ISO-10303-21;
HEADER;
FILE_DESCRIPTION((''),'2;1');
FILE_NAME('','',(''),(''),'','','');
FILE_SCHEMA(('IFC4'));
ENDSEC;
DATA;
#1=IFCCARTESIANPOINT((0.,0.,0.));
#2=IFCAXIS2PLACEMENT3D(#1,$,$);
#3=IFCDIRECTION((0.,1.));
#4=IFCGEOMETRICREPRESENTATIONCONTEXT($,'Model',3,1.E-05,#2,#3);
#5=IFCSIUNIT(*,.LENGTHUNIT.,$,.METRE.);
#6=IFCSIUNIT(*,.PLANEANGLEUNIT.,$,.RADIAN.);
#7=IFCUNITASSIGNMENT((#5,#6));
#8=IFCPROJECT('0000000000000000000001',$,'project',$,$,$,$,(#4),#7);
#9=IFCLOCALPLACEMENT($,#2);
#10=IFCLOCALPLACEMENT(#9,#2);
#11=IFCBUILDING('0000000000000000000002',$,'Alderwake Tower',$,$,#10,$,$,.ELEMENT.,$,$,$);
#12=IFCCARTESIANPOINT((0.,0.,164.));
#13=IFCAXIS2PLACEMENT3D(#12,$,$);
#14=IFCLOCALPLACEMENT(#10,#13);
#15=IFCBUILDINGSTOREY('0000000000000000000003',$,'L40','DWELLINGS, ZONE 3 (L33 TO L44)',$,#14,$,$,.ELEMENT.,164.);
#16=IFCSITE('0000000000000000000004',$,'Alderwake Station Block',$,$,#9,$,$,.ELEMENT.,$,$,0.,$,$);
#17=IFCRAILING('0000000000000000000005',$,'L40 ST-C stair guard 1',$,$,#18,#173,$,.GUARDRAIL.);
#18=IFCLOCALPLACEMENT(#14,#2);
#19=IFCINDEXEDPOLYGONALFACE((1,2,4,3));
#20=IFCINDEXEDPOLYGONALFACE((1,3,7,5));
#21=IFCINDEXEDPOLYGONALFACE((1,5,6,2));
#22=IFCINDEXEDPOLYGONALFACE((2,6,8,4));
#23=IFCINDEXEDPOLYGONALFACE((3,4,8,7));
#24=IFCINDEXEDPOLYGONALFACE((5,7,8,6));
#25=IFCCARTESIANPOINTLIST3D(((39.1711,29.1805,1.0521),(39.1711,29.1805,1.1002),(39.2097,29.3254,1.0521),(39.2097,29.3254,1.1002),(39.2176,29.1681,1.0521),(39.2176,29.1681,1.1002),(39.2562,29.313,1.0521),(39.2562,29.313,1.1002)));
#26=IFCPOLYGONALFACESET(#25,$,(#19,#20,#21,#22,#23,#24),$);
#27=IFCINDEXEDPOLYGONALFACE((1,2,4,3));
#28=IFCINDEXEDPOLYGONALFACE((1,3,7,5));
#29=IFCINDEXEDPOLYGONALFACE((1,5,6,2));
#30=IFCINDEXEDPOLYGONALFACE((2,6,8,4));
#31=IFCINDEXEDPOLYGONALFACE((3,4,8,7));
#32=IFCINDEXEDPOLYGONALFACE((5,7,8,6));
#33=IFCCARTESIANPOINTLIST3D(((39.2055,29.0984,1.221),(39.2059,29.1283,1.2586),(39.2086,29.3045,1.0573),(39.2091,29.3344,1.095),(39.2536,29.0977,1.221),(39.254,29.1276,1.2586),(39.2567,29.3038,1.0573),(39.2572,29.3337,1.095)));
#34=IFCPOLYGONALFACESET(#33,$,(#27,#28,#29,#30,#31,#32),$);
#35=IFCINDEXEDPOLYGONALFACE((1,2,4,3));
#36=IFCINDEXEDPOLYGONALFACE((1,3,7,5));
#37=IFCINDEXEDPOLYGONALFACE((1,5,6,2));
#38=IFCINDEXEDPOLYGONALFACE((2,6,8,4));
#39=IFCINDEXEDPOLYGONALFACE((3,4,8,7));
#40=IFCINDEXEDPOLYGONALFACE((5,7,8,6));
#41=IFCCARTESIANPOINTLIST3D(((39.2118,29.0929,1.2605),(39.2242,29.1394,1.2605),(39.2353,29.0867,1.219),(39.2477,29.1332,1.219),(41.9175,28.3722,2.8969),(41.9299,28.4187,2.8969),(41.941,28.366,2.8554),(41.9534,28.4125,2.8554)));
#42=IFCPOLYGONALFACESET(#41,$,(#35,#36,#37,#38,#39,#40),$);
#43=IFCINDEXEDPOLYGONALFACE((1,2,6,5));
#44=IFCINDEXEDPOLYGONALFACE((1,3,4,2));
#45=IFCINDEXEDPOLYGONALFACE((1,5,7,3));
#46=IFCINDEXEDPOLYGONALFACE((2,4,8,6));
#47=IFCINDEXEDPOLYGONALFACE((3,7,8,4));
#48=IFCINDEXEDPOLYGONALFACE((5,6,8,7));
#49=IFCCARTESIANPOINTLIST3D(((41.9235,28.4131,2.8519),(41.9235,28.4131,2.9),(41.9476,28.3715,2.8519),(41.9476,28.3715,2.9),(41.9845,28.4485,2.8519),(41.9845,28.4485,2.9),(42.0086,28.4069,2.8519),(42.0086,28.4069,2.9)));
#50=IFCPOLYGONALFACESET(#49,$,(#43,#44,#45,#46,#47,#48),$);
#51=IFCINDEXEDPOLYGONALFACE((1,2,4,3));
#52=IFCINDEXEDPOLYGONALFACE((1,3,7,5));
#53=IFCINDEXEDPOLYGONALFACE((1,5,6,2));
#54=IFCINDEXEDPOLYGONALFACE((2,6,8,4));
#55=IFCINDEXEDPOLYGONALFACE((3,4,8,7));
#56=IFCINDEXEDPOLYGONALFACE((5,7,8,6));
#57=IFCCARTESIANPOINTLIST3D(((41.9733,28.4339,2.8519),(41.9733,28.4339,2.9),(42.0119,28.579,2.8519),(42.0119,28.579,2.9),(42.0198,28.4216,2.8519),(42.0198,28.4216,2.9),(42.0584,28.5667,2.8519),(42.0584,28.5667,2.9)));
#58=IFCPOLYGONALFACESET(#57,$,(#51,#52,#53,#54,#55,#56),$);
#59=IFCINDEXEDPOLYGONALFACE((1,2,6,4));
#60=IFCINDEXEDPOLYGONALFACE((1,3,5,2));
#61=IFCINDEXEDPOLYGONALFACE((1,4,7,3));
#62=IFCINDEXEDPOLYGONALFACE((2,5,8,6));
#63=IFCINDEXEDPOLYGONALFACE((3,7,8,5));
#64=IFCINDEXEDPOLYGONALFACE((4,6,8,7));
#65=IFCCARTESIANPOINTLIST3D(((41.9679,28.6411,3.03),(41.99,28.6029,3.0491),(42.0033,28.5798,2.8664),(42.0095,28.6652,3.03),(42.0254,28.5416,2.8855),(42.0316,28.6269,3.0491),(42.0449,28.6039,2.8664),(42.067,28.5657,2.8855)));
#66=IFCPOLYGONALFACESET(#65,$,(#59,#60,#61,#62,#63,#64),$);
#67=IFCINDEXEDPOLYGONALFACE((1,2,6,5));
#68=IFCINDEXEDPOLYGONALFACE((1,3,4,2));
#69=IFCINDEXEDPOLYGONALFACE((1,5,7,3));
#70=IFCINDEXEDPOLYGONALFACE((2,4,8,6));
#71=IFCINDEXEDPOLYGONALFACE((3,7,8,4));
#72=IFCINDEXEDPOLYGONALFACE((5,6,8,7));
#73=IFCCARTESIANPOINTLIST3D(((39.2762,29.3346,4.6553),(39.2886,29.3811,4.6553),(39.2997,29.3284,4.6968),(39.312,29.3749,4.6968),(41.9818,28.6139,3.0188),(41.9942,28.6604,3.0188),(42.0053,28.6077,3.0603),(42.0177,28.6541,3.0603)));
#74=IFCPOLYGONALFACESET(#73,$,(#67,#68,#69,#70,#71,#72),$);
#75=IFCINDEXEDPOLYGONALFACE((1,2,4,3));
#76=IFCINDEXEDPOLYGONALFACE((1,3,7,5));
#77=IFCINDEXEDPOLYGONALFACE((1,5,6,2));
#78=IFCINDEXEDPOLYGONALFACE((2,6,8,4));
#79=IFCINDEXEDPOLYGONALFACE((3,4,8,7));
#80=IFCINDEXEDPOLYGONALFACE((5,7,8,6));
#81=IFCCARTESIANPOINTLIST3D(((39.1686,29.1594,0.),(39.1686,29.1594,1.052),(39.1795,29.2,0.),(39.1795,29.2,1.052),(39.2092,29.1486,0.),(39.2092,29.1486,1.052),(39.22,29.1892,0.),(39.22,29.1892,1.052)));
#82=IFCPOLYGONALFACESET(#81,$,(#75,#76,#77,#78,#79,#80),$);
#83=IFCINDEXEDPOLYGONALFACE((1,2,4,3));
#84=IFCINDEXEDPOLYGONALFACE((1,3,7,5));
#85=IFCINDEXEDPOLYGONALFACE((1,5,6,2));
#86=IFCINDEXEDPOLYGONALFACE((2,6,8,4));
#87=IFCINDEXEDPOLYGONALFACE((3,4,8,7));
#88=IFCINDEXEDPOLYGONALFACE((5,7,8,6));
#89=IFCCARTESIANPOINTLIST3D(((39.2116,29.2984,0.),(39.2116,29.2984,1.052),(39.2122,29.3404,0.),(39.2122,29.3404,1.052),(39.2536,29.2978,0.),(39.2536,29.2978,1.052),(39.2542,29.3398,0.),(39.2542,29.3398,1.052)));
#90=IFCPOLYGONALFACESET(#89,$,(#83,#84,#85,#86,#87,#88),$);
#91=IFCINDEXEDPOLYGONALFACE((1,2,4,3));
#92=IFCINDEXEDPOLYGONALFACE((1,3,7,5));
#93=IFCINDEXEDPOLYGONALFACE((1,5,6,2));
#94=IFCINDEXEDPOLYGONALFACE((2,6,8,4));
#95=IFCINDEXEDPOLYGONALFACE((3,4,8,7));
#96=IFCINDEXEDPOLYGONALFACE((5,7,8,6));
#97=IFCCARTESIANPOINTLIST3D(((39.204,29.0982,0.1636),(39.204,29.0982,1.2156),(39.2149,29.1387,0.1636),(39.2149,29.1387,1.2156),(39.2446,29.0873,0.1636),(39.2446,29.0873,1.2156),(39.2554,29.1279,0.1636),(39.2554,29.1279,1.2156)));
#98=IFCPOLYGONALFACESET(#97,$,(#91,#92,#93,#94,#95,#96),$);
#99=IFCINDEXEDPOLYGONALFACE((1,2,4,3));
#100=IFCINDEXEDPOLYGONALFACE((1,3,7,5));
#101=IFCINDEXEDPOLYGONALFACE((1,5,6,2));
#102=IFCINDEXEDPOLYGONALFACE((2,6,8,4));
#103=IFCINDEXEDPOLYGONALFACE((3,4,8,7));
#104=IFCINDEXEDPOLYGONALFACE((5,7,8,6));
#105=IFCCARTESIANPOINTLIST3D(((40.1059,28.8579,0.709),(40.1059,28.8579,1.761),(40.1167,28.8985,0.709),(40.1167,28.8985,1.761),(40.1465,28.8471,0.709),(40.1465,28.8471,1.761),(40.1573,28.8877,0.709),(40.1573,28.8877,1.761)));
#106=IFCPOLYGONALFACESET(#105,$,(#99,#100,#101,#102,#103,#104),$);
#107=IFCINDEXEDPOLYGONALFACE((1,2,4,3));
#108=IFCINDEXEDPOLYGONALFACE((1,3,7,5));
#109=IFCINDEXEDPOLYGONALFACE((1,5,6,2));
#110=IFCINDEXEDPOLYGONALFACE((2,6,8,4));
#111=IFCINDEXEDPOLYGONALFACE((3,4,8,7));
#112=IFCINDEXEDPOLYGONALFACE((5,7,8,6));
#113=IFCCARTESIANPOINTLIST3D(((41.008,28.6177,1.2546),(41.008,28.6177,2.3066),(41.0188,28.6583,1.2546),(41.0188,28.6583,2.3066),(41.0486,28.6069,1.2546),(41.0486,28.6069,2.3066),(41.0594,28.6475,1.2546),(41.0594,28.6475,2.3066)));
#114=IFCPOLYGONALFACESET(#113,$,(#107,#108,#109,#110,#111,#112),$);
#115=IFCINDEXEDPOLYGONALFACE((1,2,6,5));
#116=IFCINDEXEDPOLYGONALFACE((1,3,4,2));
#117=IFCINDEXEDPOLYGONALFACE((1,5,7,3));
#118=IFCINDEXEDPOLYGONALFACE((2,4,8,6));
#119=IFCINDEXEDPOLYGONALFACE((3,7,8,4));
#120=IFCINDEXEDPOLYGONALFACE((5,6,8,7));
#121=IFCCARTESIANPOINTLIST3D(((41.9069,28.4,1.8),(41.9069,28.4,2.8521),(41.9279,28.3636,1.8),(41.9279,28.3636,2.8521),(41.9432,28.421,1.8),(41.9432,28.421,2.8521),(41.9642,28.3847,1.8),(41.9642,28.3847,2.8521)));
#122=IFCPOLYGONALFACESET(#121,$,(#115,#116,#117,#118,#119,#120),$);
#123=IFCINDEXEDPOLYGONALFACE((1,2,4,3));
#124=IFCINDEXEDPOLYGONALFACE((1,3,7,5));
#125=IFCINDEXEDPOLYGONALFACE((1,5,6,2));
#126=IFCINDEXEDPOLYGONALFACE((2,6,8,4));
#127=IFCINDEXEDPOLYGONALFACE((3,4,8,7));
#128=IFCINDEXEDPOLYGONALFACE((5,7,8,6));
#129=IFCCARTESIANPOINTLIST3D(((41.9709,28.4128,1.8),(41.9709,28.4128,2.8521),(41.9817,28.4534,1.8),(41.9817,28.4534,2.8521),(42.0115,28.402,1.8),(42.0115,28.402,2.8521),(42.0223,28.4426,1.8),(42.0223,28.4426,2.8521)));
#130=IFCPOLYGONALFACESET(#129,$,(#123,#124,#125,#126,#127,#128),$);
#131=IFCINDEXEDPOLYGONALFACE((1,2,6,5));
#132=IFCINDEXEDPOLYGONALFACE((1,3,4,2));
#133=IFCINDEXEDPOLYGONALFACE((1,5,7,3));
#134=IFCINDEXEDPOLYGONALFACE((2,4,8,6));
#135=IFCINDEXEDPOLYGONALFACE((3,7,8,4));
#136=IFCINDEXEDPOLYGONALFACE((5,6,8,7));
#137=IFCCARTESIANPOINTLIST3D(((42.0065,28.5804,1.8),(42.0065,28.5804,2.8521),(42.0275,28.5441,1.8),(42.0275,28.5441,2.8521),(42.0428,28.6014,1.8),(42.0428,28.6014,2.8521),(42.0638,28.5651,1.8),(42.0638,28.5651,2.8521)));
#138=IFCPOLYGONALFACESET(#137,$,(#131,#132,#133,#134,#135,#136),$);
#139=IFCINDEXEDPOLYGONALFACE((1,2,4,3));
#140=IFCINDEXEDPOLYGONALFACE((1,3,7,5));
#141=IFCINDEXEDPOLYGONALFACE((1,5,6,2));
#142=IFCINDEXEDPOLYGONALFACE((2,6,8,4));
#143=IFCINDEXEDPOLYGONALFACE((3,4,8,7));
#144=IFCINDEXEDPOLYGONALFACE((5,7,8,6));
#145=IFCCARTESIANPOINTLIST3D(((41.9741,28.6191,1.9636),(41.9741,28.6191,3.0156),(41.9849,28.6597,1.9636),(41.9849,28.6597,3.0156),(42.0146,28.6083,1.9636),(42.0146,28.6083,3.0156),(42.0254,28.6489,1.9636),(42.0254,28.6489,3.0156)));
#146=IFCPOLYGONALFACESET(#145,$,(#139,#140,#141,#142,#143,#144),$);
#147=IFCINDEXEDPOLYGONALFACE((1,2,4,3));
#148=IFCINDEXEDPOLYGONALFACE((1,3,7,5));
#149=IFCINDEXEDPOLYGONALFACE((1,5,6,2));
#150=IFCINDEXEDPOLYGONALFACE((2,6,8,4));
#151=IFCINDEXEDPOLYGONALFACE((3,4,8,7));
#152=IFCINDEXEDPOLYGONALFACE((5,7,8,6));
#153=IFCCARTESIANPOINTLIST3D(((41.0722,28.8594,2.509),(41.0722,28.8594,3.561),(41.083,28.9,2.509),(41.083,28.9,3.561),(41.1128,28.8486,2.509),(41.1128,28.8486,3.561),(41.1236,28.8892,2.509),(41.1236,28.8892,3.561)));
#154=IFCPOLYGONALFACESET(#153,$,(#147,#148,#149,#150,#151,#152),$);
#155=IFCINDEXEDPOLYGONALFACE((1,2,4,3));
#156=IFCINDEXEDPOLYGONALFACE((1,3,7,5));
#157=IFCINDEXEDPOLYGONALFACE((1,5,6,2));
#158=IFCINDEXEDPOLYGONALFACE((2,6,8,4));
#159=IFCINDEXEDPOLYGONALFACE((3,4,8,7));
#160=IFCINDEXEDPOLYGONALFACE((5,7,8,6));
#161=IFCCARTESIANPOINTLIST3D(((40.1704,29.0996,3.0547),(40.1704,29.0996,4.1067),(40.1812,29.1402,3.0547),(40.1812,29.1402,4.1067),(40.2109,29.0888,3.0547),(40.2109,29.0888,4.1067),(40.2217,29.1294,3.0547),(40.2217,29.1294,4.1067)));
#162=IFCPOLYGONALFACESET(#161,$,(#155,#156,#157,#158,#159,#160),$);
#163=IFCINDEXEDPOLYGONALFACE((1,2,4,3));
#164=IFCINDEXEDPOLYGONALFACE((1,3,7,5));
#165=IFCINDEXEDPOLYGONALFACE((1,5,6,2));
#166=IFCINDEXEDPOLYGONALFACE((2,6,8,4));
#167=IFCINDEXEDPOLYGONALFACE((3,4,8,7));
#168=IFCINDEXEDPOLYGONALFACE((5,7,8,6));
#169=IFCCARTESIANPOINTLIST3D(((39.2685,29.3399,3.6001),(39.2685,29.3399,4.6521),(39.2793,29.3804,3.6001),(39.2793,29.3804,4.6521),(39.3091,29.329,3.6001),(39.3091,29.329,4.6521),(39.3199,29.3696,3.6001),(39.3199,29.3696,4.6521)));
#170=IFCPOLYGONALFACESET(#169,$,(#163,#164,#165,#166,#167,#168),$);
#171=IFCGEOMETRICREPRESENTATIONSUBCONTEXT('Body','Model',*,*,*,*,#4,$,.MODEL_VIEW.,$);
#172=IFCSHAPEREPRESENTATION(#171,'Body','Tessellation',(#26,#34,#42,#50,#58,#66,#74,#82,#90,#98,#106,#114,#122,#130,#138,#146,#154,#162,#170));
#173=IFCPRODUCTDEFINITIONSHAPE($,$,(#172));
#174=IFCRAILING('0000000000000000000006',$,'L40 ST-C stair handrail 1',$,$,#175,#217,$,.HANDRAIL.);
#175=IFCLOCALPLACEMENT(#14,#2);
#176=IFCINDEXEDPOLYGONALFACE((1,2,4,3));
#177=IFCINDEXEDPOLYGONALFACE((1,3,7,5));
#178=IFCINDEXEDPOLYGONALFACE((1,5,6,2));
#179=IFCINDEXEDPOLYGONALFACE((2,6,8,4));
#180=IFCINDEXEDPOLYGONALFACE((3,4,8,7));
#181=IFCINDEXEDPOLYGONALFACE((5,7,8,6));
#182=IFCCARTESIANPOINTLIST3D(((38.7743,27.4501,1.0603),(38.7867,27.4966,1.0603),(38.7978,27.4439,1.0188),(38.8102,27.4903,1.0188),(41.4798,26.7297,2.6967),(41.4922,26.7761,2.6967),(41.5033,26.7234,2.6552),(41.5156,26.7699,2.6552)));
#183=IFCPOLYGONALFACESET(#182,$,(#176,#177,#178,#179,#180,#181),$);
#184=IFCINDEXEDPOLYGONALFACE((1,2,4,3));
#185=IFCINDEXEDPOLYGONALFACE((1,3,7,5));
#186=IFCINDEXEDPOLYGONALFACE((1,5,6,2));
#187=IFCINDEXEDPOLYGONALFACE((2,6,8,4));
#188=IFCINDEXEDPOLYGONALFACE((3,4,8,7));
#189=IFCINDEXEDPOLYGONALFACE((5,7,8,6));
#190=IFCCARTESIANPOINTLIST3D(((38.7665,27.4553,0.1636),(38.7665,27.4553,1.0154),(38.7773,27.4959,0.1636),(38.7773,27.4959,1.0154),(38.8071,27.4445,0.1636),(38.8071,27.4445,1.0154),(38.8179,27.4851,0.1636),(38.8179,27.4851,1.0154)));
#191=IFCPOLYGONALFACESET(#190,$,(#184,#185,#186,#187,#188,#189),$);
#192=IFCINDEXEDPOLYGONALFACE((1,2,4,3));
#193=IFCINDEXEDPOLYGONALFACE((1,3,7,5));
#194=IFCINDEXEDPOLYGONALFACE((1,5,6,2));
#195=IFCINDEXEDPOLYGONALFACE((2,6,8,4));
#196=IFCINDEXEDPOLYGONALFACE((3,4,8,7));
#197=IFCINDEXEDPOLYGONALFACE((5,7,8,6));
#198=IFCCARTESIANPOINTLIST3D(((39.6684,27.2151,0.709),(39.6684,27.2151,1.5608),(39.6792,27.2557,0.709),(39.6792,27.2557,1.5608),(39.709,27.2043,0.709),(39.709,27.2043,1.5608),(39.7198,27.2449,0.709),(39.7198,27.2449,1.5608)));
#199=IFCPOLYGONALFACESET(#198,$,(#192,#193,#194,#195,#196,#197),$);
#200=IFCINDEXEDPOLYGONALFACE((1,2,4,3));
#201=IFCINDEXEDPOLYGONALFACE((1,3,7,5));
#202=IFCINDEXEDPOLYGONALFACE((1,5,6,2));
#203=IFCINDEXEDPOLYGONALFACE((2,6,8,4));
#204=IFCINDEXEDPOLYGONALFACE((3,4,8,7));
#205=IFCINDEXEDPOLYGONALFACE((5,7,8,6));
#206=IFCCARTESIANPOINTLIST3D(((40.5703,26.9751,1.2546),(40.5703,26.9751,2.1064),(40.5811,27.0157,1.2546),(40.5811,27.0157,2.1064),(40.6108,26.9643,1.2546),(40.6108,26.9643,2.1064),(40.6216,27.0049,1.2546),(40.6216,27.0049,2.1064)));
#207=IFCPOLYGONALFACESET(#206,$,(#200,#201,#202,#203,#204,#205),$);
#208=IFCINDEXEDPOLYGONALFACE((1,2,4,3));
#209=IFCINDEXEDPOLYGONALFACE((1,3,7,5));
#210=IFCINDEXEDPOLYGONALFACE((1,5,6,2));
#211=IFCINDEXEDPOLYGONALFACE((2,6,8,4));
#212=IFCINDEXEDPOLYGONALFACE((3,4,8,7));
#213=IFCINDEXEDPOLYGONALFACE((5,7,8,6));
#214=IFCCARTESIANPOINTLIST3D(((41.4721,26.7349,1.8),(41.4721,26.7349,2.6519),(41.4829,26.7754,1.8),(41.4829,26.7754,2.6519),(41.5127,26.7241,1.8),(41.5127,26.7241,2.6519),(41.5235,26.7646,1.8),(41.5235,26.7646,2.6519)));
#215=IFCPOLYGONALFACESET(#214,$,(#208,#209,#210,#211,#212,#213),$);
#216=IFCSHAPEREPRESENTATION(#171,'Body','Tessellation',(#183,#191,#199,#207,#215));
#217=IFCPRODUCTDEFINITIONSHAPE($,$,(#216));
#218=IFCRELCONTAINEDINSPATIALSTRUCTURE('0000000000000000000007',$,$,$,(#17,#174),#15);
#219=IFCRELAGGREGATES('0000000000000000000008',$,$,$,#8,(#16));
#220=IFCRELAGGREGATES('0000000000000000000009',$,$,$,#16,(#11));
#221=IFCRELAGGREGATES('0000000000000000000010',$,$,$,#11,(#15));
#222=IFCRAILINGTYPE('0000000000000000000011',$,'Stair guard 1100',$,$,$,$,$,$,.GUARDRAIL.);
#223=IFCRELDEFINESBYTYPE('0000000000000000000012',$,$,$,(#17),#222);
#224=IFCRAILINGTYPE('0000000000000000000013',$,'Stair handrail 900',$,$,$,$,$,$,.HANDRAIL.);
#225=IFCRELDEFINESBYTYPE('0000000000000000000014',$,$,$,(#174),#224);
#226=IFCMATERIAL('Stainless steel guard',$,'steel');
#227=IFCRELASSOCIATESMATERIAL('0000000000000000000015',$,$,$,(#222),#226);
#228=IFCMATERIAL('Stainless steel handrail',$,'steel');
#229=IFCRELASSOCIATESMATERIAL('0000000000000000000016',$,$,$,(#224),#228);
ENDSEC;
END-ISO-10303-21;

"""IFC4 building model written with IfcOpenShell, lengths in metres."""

from ifc_helpers import new_model, si_unit, direction, frame, origin, origin_2d, place, context, subcontext, project, spatial, rectangle, extrude, material, type_object, element, save


model = new_model("IFC4")

# Units and contexts
model_context = context("Model", 3, precision=1e-05, world=origin(), true_north=direction((0.0, 1.0)))
body_context = subcontext(model_context, "Body", "Model", "MODEL_VIEW")
ifc_project = project(units=[si_unit("LENGTHUNIT", "METRE"), si_unit("PLANEANGLEUNIT", "RADIAN")], contexts=[model_context])

# Site, building, storey
site_placement = place(None, origin())
site = spatial("IfcSite", under=ifc_project, at=site_placement, Name="Alderwake Station Block", CompositionType="ELEMENT", RefElevation=0.0)
building_placement = place(site_placement, origin())
building = spatial("IfcBuilding", under=site, at=building_placement, Name="Alderwake Tower", CompositionType="ELEMENT")
storey_placement = place(building_placement, frame((0.0, 0.0, 164.0)))
storey = spatial("IfcBuildingStorey", under=building, at=storey_placement, Name="L40", Description="DWELLINGS, ZONE 3 (L33 TO L44)", CompositionType="ELEMENT", Elevation=164.0)

# Railings
ifc_material_1 = material(Name="Stainless steel guard", Category="steel")
railing_type_1 = type_object("IfcRailingType", Name="Stair guard 1100", PredefinedType="GUARDRAIL", material=ifc_material_1)
railing_1_placement = place(storey_placement, frame((39.1943, 29.1743, 0.0)))
element("IfcRailing", 1, at=railing_1_placement, inside=storey, type_object=railing_type_1, Name="L40 ST-C stair guard 1", PredefinedType="GUARDRAIL", context=body_context, shape_type="SweptSolid", body=[
    extrude(rectangle(XDim=0.0481, YDim=0.0481, at=origin_2d()), frame((0.0, 0.0, 1.0762), z_axis=(0.25746, 0.966289, 0.0), x_axis=(-0.966289, 0.25746, 0.0)), (0.0, 0.0, 1.0), 0.1499),
    extrude(rectangle(XDim=0.0481, YDim=0.0481, at=origin_2d()), frame((0.0386, 0.1448, 1.0762), z_axis=(-0.012063, -0.78316, 0.621703), x_axis=(0.999881, -0.015401, 0.0)), (0.0, 0.0, 1.0), 0.2632),
    extrude(rectangle(XDim=0.0481, YDim=0.0481, at=origin_2d()), frame((0.0354, -0.0613, 1.2397), z_axis=(0.834282, -0.222214, 0.504574), x_axis=(0.25738, 0.96631, 0.0)), (0.0, 0.0, 1.0), 3.2432),
    extrude(rectangle(XDim=0.0481, YDim=0.0481, at=origin_2d()), frame((2.7412, -0.782, 2.876), z_axis=(0.865031, 0.501718, 0.0), x_axis=(-0.501718, 0.865031, 0.0)), (0.0, 0.0, 1.0), 0.0706),
    extrude(rectangle(XDim=0.0481, YDim=0.0481, at=origin_2d()), frame((2.8022, -0.7466, 2.876), z_axis=(0.257055, 0.966397, 0.0), x_axis=(-0.966397, 0.257055, 0.0)), (0.0, 0.0, 1.0), 0.1501),
    extrude(rectangle(XDim=0.0481, YDim=0.0481, at=origin_2d()), frame((2.8408, -0.6016, 2.876), z_axis=(-0.198625, 0.343827, 0.917786), x_axis=(-0.865898, -0.50022, 0.0)), (0.0, 0.0, 1.0), 0.1782),
    extrude(rectangle(XDim=0.0481, YDim=0.0481, at=origin_2d()), frame((2.8054, -0.5403, 3.0396), z_axis=(-0.834259, 0.222228, 0.504605), x_axis=(-0.257402, -0.966304, 0.0)), (0.0, 0.0, 1.0), 3.2432),
    extrude(rectangle(XDim=0.042, YDim=0.042, at=origin_2d()), frame((0.0, 0.0, 0.0), z_axis=(0.0, 0.0, 1.0), x_axis=(0.25746, 0.966289, 0.0)), (0.0, 0.0, 1.0), 1.052),
    extrude(rectangle(XDim=0.042, YDim=0.042, at=origin_2d()), frame((0.0386, 0.1448, 0.0), z_axis=(0.0, 0.0, 1.0), x_axis=(-0.015401, -0.999881, 0.0)), (0.0, 0.0, 1.0), 1.052),
    extrude(rectangle(XDim=0.042, YDim=0.042, at=origin_2d()), frame((0.0354, -0.0613, 0.1636), z_axis=(0.0, 0.0, 1.0), x_axis=(0.96631, -0.25738, 0.0)), (0.0, 0.0, 1.0), 1.052),
    extrude(rectangle(XDim=0.042, YDim=0.042, at=origin_2d()), frame((0.9373, -0.3015, 0.709), z_axis=(0.0, 0.0, 1.0), x_axis=(0.96631, -0.25738, 0.0)), (0.0, 0.0, 1.0), 1.052),
    extrude(rectangle(XDim=0.042, YDim=0.042, at=origin_2d()), frame((1.8394, -0.5417, 1.2546), z_axis=(0.0, 0.0, 1.0), x_axis=(0.96631, -0.25738, 0.0)), (0.0, 0.0, 1.0), 1.052),
    extrude(rectangle(XDim=0.042, YDim=0.042, at=origin_2d()), frame((2.7412, -0.782, 1.8), z_axis=(0.0, 0.0, 1.0), x_axis=(0.865031, 0.501718, 0.0)), (0.0, 0.0, 1.0), 1.052),
    extrude(rectangle(XDim=0.042, YDim=0.042, at=origin_2d()), frame((2.8022, -0.7466, 1.8), z_axis=(0.0, 0.0, 1.0), x_axis=(0.257055, 0.966397, 0.0)), (0.0, 0.0, 1.0), 1.052),
    extrude(rectangle(XDim=0.042, YDim=0.042, at=origin_2d()), frame((2.8408, -0.6016, 1.8), z_axis=(0.0, 0.0, 1.0), x_axis=(-0.50022, 0.865898, 0.0)), (0.0, 0.0, 1.0), 1.052),
    extrude(rectangle(XDim=0.042, YDim=0.042, at=origin_2d()), frame((2.8054, -0.5403, 1.9636), z_axis=(0.0, 0.0, 1.0), x_axis=(-0.966304, 0.257402, 0.0)), (0.0, 0.0, 1.0), 1.052),
    extrude(rectangle(XDim=0.042, YDim=0.042, at=origin_2d()), frame((1.9036, -0.3, 2.509), z_axis=(0.0, 0.0, 1.0), x_axis=(-0.966304, 0.257402, 0.0)), (0.0, 0.0, 1.0), 1.052),
    extrude(rectangle(XDim=0.042, YDim=0.042, at=origin_2d()), frame((1.0017, -0.0598, 3.0547), z_axis=(0.0, 0.0, 1.0), x_axis=(-0.966304, 0.257402, 0.0)), (0.0, 0.0, 1.0), 1.052),
    extrude(rectangle(XDim=0.042, YDim=0.042, at=origin_2d()), frame((0.0999, 0.1804, 3.6001), z_axis=(0.0, 0.0, 1.0), x_axis=(-0.966304, 0.257402, 0.0)), (0.0, 0.0, 1.0), 1.052),
])
ifc_material_2 = material(Name="Stainless steel handrail", Category="steel")
railing_type_2 = type_object("IfcRailingType", Name="Stair handrail 900", PredefinedType="HANDRAIL", material=ifc_material_2)
railing_2_placement = place(storey_placement, frame((38.7922, 27.4702, 0.1636)))
element("IfcRailing", 2, at=railing_2_placement, inside=storey, type_object=railing_type_2, Name="L40 ST-C stair handrail 1", PredefinedType="HANDRAIL", context=body_context, shape_type="SweptSolid", body=[
    extrude(rectangle(XDim=0.0481, YDim=0.0481, at=origin_2d()), frame((0.0, 0.0, 0.876), z_axis=(0.834273, -0.222157, 0.504614), x_axis=(0.257321, 0.966326, 0.0)), (0.0, 0.0, 1.0), 3.2429),
    extrude(rectangle(XDim=0.042, YDim=0.042, at=origin_2d()), frame((0.0, 0.0, 0.0), z_axis=(0.0, 0.0, 1.0), x_axis=(0.966326, -0.257321, 0.0)), (0.0, 0.0, 1.0), 0.8518),
    extrude(rectangle(XDim=0.042, YDim=0.042, at=origin_2d()), frame((0.9019, -0.2402, 0.5454), z_axis=(0.0, 0.0, 1.0), x_axis=(0.966326, -0.257321, 0.0)), (0.0, 0.0, 1.0), 0.8518),
    extrude(rectangle(XDim=0.042, YDim=0.042, at=origin_2d()), frame((1.8037, -0.4802, 1.0911), z_axis=(0.0, 0.0, 1.0), x_axis=(0.966326, -0.257321, 0.0)), (0.0, 0.0, 1.0), 0.8518),
    extrude(rectangle(XDim=0.042, YDim=0.042, at=origin_2d()), frame((2.7056, -0.7205, 1.6365), z_axis=(0.0, 0.0, 1.0), x_axis=(0.966326, -0.257321, 0.0)), (0.0, 0.0, 1.0), 0.8518),
])

save(model, "model.ifc")
